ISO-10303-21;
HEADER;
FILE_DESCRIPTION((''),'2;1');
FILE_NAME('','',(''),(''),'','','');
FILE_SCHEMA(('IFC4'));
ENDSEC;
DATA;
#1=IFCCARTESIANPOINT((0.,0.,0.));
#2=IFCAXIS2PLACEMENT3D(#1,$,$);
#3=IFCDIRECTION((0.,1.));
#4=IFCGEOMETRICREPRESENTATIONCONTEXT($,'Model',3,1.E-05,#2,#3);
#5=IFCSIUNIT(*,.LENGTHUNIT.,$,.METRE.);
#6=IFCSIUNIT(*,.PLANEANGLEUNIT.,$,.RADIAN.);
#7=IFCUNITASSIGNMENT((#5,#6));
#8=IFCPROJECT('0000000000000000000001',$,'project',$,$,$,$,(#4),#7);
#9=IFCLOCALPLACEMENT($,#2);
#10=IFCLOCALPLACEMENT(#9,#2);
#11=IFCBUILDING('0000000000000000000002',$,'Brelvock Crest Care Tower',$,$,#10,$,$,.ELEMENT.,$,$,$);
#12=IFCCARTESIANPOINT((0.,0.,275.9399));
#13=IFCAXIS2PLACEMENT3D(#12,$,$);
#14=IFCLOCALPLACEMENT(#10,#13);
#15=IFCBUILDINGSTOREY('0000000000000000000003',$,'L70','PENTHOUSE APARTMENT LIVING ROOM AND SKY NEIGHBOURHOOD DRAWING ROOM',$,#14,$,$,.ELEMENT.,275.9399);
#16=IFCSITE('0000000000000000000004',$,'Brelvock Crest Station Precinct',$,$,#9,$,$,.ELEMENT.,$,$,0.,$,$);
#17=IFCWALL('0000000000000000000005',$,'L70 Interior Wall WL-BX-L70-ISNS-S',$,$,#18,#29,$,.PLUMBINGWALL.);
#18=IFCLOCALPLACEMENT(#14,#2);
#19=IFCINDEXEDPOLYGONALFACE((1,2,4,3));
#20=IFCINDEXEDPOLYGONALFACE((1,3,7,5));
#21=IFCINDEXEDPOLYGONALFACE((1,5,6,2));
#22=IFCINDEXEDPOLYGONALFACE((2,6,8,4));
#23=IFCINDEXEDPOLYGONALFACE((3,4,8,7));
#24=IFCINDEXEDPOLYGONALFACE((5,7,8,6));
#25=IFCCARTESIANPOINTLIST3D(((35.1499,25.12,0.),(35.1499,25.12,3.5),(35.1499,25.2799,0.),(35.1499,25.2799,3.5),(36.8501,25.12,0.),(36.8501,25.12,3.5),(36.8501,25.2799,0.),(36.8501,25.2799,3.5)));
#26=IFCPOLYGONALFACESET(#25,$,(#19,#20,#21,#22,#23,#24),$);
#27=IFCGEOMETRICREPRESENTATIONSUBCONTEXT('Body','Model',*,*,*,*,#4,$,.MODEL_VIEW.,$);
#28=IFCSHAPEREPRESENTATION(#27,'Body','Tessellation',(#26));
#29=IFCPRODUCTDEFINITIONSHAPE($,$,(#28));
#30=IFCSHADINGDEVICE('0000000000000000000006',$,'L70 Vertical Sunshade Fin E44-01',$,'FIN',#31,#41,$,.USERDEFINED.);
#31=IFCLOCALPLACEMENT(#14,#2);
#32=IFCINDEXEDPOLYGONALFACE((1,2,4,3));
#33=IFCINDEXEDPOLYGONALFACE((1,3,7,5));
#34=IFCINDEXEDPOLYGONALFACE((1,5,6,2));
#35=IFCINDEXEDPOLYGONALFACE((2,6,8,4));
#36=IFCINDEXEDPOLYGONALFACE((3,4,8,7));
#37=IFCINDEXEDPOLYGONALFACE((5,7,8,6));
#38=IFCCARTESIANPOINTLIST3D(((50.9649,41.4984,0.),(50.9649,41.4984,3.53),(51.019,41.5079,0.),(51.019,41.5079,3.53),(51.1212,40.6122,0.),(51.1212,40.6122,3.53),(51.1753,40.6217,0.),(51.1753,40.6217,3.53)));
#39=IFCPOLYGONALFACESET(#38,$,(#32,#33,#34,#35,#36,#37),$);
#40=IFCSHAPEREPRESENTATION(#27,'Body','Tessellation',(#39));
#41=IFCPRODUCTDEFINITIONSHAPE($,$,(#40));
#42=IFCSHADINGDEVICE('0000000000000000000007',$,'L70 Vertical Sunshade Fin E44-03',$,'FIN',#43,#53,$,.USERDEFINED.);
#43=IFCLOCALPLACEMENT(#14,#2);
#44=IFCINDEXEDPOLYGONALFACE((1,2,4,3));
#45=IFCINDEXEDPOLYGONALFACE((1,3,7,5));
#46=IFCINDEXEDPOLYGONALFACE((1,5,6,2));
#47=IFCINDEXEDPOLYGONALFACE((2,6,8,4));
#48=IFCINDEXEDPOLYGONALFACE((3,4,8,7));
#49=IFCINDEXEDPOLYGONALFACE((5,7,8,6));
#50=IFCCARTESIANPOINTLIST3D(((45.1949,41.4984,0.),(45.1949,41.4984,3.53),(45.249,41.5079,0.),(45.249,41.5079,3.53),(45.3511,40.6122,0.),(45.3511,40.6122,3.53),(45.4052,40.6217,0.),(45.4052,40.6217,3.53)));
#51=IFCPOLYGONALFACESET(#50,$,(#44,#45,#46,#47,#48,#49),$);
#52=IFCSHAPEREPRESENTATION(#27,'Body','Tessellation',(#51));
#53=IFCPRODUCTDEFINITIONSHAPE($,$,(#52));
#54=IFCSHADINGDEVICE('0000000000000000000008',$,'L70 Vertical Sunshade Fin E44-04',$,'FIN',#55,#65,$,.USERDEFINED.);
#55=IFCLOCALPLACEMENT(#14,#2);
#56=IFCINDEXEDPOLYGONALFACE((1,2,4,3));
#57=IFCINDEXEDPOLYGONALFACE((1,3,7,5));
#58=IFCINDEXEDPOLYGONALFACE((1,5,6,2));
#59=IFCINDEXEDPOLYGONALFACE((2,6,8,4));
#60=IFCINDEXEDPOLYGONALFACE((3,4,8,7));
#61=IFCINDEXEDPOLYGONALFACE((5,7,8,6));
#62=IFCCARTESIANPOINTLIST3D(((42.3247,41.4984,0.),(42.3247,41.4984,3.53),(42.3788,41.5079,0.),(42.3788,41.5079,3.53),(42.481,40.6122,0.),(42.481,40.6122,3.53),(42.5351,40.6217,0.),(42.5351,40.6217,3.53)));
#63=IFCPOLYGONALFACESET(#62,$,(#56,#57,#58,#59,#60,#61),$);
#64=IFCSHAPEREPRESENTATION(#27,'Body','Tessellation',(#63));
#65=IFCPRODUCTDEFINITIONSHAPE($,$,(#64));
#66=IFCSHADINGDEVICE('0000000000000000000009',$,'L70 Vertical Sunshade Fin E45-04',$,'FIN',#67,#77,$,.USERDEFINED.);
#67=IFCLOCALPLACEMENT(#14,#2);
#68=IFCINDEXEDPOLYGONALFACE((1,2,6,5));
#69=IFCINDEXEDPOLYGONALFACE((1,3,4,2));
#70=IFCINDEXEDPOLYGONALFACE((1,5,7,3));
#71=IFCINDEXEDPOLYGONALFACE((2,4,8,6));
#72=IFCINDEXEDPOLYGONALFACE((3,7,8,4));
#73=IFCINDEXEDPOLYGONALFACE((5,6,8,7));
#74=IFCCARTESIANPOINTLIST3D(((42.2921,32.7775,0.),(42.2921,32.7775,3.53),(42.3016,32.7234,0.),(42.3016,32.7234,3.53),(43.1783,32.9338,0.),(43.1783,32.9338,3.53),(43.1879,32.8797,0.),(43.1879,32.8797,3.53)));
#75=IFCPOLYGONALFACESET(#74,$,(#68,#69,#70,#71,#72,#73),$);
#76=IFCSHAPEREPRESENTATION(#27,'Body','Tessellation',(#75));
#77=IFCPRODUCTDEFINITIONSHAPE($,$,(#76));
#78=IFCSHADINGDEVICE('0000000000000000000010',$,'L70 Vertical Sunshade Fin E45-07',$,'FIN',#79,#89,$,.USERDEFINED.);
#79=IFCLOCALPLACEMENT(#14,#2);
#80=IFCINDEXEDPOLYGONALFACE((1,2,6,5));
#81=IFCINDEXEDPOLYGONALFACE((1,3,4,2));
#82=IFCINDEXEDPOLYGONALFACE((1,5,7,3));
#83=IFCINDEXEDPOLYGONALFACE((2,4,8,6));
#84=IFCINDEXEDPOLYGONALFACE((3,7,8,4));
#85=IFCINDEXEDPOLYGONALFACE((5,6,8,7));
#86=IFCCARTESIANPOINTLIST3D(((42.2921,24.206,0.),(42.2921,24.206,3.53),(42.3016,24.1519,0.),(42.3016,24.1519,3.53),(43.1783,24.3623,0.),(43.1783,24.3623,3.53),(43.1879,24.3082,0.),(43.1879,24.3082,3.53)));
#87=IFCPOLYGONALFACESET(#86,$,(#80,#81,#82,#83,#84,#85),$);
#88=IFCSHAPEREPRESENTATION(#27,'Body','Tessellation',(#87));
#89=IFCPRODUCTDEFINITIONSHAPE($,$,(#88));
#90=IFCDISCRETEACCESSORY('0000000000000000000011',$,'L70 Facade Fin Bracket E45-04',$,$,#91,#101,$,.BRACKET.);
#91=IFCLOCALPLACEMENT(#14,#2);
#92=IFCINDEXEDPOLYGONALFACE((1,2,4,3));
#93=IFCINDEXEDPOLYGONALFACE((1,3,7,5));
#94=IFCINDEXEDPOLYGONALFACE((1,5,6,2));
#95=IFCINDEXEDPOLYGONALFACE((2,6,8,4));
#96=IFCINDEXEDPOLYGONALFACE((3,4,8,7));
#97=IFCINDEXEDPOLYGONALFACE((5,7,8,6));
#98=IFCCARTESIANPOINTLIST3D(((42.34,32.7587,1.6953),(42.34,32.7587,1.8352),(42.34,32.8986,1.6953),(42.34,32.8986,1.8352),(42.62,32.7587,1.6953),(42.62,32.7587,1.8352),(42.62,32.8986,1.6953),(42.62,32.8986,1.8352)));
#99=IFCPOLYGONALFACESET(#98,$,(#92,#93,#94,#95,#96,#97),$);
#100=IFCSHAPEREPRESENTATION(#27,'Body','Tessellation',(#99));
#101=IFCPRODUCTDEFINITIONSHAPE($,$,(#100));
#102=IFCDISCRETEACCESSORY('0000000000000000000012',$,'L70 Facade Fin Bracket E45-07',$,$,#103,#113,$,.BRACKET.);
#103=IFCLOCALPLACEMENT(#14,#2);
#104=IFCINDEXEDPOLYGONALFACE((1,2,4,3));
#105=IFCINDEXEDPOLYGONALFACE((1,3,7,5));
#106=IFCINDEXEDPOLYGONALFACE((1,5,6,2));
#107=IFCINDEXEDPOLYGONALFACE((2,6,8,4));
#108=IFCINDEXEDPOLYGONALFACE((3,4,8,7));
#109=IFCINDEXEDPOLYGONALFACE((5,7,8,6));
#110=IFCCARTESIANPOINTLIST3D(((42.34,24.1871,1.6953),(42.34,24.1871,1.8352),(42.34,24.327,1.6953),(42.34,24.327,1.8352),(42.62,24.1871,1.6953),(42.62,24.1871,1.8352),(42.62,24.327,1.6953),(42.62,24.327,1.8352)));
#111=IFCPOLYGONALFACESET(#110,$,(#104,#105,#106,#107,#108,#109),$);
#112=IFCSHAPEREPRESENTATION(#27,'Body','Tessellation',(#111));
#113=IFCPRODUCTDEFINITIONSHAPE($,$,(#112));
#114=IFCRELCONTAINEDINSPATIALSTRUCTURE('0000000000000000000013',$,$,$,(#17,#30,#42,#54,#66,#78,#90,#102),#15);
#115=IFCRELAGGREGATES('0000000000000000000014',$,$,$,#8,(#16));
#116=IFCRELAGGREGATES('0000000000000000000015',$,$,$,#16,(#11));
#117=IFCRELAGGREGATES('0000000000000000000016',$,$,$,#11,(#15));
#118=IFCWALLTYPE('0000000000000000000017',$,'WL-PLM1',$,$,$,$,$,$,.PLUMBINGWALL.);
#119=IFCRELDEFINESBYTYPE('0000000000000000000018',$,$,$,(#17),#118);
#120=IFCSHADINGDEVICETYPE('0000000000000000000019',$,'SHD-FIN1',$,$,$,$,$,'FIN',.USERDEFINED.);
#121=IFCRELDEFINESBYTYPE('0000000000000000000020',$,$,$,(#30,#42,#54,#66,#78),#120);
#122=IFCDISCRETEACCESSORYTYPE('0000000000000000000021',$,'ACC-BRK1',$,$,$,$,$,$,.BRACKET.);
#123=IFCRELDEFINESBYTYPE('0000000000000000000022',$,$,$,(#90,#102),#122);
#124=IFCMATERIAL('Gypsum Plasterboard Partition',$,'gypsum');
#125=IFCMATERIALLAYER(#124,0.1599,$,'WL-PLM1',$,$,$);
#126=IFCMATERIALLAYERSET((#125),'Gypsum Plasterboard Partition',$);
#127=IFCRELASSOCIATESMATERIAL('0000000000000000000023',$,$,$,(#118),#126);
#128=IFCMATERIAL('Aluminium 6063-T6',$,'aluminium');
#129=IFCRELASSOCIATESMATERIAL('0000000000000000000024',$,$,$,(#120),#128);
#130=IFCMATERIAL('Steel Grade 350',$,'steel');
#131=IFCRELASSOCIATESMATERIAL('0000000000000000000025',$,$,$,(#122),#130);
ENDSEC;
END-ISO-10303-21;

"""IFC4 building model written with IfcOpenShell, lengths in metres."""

from ifc_helpers import new_model, si_unit, direction, frame, frame_2d, origin, origin_2d, place, context, subcontext, project, spatial, rectangle, extrude, source, transform, mapped, material, layer, layer_set, material_profile, profile_set, type_object, element, save


model = new_model("IFC4")

# Units and contexts
model_context = context("Model", 3, precision=1e-05, world=origin(), true_north=direction((0.0, 1.0)))
body_context = subcontext(model_context, "Body", "Model", "MODEL_VIEW")
ifc_project = project(units=[si_unit("LENGTHUNIT", "METRE"), si_unit("PLANEANGLEUNIT", "RADIAN")], contexts=[model_context])

# Site, building, storey
site_placement = place(None, origin())
site = spatial("IfcSite", under=ifc_project, at=site_placement, Name="Brelvock Crest Station Precinct", CompositionType="ELEMENT", RefElevation=0.0)
building_placement = place(site_placement, origin())
building = spatial("IfcBuilding", under=site, at=building_placement, Name="Brelvock Crest Care Tower", CompositionType="ELEMENT")
storey_placement = place(building_placement, frame((0.0, 0.0, 275.9399)))
storey = spatial("IfcBuildingStorey", under=building, at=storey_placement, Name="L70", Description="PENTHOUSE APARTMENT LIVING ROOM AND SKY NEIGHBOURHOOD DRAWING ROOM", CompositionType="ELEMENT", Elevation=275.9399)

# Shared definitions
ifc_material_1 = material(Name="Aluminium 6063-T6", Category="aluminium")

# Wall
ifc_material_2 = material(Name="Gypsum Plasterboard Partition", Category="gypsum")
ifc_layer_1 = layer(ifc_material_2, 0.1599, Name="WL-PLM1")
ifc_layer_set_1 = layer_set([ifc_layer_1], Name="Gypsum Plasterboard Partition")
wall_type_1 = type_object("IfcWallType", Name="WL-PLM1", PredefinedType="PLUMBINGWALL", material=ifc_layer_set_1)
wall_1_placement = place(storey_placement, frame((35.1499, 25.2, 0.0), z_axis=(0.0, 0.0, 1.0), x_axis=(1.0, 0.0, 0.0)))
element("IfcWall", 1, at=wall_1_placement, inside=storey, type_object=wall_type_1, Name="L70 Interior Wall WL-BX-L70-ISNS-S", PredefinedType="PLUMBINGWALL", context=body_context, shape_type="SweptSolid", body=[
    extrude(rectangle(XDim=1.7002, YDim=0.1599, at=frame_2d((0.8501, 0.0))), origin(), (0.0, 0.0, 1.0), 3.5),
])

# Shading devices
ifc_material_profile_1 = material_profile(ifc_material_1, rectangle(XDim=0.0549, YDim=0.8999, at=origin_2d()), Name="FIN55x900")
ifc_profile_set_1 = profile_set([ifc_material_profile_1], Name="Aluminium 6063-T6")
shading_device_type = type_object("IfcShadingDeviceType", Name="SHD-FIN1", ElementType="FIN", PredefinedType="USERDEFINED", material=ifc_profile_set_1)
shared_shape_1 = source(origin(), body_context, "Body", "SweptSolid", [
    extrude(rectangle(XDim=0.0549, YDim=0.8999, at=origin_2d()), origin(), (0.0, 0.0, 1.0), 3.53),
])
for number, where, z_axis, x_axis, name in (
    (2, (51.0701, 41.0601, 0.0), (0.0, 0.0, 1.0), (-0.984808, -0.173648, 0.0), "L70 Vertical Sunshade Fin E44-01"),
    (3, (45.3, 41.0601, 0.0), (0.0, 0.0, 1.0), (-0.984808, -0.173648, 0.0), "L70 Vertical Sunshade Fin E44-03"),
    (4, (42.4299, 41.0601, 0.0), (0.0, 0.0, 1.0), (-0.984808, -0.173648, 0.0), "L70 Vertical Sunshade Fin E44-04"),
    (5, (42.74, 32.8286, 0.0), (0.0, 0.0, 1.0), (0.173648, -0.984808, 0.0), "L70 Vertical Sunshade Fin E45-04"),
    (6, (42.74, 24.2571, 0.0), (0.0, 0.0, 1.0), (0.173648, -0.984808, 0.0), "L70 Vertical Sunshade Fin E45-07"),
):
    element("IfcShadingDevice", number, at=place(storey_placement, frame(where, z_axis=z_axis, x_axis=x_axis)), inside=storey, type_object=shading_device_type, Name=name, ObjectType="FIN", PredefinedType="USERDEFINED", context=body_context, shape_type="MappedRepresentation", body=[
        mapped(shared_shape_1, transform((0.0, 0.0, 0.0), x_axis=(1.0, 0.0, 0.0), y_axis=(0.0, 1.0, 0.0), z_axis=(0.0, 0.0, 1.0), scale=1.0)),
    ])

# Discrete accessories
ifc_material_3 = material(Name="Steel Grade 350", Category="steel")
discrete_accessory_type = type_object("IfcDiscreteAccessoryType", Name="ACC-BRK1", PredefinedType="BRACKET", material=ifc_material_3)
shared_shape_2 = source(origin(), body_context, "Body", "SweptSolid", [
    extrude(rectangle(XDim=0.28, YDim=0.1399, at=origin_2d()), origin(), (0.0, 0.0, 1.0), 0.1399),
])
for number, where, z_axis, x_axis, name in (
    (7, (42.48, 32.8286, 1.6953), (0.0, 0.0, 1.0), (1.0, 0.0, 0.0), "L70 Facade Fin Bracket E45-04"),
    (8, (42.48, 24.2571, 1.6953), (0.0, 0.0, 1.0), (1.0, 0.0, 0.0), "L70 Facade Fin Bracket E45-07"),
):
    element("IfcDiscreteAccessory", number, at=place(storey_placement, frame(where, z_axis=z_axis, x_axis=x_axis)), inside=storey, type_object=discrete_accessory_type, Name=name, PredefinedType="BRACKET", context=body_context, shape_type="MappedRepresentation", body=[
        mapped(shared_shape_2, transform((0.0, 0.0, 0.0), x_axis=(1.0, 0.0, 0.0), y_axis=(0.0, 1.0, 0.0), z_axis=(0.0, 0.0, 1.0), scale=1.0)),
    ])

save(model, "model.ifc")
